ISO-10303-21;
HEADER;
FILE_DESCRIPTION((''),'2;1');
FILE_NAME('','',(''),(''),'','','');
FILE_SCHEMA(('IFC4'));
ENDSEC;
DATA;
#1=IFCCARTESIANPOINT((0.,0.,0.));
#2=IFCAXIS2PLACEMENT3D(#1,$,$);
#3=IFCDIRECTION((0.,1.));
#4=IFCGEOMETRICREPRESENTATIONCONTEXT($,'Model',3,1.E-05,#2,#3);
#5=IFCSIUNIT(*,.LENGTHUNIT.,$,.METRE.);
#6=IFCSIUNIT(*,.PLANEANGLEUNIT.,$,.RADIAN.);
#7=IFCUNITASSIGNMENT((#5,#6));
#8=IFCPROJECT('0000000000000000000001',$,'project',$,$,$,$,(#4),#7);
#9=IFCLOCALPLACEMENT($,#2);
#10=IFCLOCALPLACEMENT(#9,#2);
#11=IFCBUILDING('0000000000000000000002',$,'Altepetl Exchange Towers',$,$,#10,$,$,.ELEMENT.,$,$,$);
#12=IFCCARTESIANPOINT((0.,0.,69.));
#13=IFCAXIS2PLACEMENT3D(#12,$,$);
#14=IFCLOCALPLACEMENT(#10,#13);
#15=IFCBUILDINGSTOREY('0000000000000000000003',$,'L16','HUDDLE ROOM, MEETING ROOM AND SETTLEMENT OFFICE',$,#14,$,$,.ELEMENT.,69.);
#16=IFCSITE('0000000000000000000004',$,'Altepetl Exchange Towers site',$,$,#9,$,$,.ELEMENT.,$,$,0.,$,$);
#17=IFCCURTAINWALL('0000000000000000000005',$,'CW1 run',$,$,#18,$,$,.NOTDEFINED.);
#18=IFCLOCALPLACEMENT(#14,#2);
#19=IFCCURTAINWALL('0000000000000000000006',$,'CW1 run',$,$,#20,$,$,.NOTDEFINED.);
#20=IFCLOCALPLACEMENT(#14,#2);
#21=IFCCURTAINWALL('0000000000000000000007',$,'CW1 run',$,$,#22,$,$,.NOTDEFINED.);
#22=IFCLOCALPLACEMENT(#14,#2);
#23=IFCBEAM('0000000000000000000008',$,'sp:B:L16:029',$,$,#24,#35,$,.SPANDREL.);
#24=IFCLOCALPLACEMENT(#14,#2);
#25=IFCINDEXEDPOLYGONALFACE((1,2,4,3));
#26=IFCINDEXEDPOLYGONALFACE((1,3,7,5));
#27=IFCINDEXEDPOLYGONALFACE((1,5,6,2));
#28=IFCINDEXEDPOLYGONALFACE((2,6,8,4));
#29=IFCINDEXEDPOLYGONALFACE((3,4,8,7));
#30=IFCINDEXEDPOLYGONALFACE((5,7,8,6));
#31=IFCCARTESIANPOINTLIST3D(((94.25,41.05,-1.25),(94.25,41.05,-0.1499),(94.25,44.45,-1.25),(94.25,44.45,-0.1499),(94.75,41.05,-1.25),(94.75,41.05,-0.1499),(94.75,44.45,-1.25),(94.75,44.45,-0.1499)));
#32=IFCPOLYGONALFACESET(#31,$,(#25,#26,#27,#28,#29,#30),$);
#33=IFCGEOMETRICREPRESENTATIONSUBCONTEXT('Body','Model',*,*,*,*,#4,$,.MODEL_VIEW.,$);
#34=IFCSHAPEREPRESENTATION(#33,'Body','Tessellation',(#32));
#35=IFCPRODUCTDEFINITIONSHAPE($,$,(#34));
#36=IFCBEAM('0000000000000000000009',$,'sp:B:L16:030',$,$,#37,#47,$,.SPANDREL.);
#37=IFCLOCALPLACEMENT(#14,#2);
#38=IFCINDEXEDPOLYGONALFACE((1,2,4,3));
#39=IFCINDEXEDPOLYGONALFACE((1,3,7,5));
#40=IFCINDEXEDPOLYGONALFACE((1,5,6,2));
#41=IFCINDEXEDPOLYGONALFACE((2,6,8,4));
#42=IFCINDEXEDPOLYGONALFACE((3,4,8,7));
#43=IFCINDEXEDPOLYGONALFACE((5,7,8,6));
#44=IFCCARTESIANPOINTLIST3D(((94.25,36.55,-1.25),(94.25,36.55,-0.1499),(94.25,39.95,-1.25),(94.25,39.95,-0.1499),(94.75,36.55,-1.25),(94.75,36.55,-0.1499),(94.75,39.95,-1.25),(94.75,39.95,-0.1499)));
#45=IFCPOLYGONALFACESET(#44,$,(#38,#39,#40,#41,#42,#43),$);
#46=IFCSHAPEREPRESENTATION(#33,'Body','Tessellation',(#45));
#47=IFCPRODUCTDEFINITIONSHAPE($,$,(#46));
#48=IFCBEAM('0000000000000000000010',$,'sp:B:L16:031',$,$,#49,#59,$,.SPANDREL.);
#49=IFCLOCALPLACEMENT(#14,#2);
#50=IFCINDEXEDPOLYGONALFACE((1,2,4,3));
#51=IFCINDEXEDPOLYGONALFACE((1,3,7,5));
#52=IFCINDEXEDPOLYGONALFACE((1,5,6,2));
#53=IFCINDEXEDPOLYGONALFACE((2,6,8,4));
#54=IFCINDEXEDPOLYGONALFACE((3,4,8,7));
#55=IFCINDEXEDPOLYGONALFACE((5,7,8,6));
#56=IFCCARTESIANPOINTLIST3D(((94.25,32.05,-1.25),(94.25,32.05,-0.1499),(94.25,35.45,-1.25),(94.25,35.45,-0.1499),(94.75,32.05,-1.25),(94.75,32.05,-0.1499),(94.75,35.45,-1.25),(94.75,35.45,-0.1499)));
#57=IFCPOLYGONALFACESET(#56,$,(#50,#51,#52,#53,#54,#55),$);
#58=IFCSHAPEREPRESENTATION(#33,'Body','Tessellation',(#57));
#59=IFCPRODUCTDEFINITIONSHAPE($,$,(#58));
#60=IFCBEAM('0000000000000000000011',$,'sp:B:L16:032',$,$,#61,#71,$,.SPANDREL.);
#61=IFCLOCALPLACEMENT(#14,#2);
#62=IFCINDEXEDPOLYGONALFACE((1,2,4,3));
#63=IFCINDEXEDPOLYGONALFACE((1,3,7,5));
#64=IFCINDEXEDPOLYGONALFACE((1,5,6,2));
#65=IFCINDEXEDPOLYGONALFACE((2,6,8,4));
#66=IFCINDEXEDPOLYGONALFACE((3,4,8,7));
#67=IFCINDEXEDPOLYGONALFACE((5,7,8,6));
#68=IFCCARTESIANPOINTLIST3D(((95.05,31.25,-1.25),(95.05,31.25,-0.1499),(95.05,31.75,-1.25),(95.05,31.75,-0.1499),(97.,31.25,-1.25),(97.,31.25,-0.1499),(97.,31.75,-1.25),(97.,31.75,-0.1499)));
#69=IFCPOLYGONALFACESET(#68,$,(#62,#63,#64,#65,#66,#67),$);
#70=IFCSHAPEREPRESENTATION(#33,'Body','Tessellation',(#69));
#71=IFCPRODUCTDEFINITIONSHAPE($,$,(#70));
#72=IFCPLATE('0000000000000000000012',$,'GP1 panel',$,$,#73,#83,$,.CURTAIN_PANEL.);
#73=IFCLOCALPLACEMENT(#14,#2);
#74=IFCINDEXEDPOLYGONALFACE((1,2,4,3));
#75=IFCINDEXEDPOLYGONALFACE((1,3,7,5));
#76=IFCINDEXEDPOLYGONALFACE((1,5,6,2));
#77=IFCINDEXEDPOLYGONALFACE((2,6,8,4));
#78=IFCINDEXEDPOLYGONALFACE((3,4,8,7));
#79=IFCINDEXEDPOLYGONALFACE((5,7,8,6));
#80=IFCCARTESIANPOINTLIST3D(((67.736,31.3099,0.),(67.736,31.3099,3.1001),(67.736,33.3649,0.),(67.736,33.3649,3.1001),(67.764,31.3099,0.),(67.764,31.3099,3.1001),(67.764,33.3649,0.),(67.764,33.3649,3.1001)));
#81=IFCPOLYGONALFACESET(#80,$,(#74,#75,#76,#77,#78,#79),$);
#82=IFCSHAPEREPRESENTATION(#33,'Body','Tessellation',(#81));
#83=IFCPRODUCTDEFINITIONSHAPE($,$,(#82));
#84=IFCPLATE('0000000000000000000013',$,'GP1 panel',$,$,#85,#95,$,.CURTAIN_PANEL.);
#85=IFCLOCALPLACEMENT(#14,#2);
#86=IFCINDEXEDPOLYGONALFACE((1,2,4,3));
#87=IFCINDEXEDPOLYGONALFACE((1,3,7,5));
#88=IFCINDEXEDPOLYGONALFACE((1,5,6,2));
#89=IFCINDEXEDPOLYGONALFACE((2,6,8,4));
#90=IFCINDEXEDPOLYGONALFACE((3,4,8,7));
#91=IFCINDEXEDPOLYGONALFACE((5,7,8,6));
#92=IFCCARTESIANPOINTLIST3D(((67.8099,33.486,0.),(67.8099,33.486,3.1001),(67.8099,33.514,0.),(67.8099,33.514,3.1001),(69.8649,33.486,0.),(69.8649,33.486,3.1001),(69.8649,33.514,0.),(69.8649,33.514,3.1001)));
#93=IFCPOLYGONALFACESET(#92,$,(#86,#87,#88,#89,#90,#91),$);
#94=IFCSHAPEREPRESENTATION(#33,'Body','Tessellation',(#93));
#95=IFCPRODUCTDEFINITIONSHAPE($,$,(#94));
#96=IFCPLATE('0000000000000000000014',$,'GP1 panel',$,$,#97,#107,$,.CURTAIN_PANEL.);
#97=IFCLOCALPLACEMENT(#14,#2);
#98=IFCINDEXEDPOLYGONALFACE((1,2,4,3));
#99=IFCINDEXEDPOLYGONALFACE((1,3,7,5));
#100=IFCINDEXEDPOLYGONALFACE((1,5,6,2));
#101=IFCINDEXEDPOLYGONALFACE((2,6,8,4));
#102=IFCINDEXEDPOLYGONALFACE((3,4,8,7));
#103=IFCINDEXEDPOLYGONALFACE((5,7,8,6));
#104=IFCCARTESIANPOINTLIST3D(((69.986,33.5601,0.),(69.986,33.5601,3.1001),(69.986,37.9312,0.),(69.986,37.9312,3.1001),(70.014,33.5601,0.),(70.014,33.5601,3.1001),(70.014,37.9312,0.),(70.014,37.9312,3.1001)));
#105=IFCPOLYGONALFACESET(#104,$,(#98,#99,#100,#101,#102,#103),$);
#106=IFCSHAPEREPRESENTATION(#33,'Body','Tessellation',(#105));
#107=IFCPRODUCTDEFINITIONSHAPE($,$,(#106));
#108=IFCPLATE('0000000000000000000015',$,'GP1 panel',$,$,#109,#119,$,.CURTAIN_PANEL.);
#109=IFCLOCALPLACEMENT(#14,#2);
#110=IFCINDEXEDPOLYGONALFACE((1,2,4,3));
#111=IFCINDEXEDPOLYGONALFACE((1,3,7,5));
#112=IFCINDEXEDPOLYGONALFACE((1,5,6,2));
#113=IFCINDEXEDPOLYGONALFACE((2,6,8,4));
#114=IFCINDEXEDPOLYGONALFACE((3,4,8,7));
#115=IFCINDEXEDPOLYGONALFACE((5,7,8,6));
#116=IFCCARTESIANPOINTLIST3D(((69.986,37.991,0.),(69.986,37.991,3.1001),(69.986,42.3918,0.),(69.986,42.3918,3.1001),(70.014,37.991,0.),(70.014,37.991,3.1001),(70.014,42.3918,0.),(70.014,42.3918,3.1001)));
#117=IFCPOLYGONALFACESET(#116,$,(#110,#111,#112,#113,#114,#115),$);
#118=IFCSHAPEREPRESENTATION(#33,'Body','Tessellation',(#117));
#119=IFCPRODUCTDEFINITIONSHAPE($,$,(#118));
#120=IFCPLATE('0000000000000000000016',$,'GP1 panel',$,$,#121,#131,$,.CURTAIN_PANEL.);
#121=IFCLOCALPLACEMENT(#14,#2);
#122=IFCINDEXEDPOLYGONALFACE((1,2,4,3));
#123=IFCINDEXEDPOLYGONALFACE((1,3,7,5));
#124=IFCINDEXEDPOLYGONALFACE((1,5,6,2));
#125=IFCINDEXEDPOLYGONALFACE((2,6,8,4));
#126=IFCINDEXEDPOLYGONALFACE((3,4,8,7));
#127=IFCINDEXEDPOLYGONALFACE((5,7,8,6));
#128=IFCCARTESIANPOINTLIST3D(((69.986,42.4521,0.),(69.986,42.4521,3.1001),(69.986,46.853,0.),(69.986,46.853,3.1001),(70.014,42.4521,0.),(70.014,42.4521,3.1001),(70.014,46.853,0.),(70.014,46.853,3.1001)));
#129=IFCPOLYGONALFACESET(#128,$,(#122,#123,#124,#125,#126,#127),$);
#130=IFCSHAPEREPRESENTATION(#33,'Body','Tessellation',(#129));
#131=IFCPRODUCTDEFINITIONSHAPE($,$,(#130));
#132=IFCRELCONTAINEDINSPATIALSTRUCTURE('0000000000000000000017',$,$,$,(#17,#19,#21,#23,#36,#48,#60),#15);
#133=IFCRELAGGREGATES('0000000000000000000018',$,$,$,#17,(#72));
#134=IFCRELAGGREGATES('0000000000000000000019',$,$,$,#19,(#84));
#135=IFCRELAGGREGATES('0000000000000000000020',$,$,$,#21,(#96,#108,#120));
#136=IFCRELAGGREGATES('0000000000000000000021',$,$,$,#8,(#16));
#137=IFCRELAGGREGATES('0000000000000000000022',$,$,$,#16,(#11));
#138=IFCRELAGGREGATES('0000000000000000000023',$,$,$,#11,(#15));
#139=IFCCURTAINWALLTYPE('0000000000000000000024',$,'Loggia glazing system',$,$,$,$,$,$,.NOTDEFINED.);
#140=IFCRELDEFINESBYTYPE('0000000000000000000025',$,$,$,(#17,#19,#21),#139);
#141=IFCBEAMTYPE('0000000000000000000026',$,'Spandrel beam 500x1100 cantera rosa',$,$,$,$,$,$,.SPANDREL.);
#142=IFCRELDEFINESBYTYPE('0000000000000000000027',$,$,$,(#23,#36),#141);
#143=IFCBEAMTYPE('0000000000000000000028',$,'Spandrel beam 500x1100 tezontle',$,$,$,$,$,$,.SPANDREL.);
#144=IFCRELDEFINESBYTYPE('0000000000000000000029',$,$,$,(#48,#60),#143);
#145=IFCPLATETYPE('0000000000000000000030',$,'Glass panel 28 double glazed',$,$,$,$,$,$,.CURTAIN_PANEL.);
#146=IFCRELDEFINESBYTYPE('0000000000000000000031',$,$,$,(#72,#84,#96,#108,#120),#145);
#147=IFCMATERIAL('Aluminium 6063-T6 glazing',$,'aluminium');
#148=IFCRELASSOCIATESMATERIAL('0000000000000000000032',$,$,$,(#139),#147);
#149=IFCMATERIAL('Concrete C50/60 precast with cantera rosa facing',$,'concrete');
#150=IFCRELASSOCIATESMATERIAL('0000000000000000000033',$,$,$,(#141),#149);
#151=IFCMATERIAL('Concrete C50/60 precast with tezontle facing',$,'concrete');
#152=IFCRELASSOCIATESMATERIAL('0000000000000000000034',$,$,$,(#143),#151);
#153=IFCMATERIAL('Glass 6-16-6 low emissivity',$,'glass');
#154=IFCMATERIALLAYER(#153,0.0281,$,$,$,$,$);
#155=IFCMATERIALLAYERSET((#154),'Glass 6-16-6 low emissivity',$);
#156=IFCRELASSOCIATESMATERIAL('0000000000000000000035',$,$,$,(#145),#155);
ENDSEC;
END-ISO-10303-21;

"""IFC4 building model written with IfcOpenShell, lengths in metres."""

from ifc_helpers import new_model, si_unit, direction, frame, origin, origin_2d, place, context, subcontext, project, spatial, rectangle, extrude, material, layer, layer_set, material_profile, profile_set, type_object, element, aggregate, save


model = new_model("IFC4")

# Units and contexts
model_context = context("Model", 3, precision=1e-05, world=origin(), true_north=direction((0.0, 1.0)))
body_context = subcontext(model_context, "Body", "Model", "MODEL_VIEW")
ifc_project = project(units=[si_unit("LENGTHUNIT", "METRE"), si_unit("PLANEANGLEUNIT", "RADIAN")], contexts=[model_context])

# Site, building, storey
site_placement = place(None, origin())
site = spatial("IfcSite", under=ifc_project, at=site_placement, Name="Altepetl Exchange Towers site", CompositionType="ELEMENT", RefElevation=0.0)
building_placement = place(site_placement, origin())
building = spatial("IfcBuilding", under=site, at=building_placement, Name="Altepetl Exchange Towers", CompositionType="ELEMENT")
storey_placement = place(building_placement, frame((0.0, 0.0, 69.0)))
storey = spatial("IfcBuildingStorey", under=building, at=storey_placement, Name="L16", Description="HUDDLE ROOM, MEETING ROOM AND SETTLEMENT OFFICE", CompositionType="ELEMENT", Elevation=69.0)

# Shared definitions
ifc_material_1 = material(Name="Aluminium 6063-T6 glazing", Category="aluminium")
curtain_wall_type = type_object("IfcCurtainWallType", Name="Loggia glazing system", PredefinedType="NOTDEFINED", material=ifc_material_1)

# Curtain walls
curtain_wall_1_placement = place(storey_placement, origin())
curtain_wall_1 = element("IfcCurtainWall", 1, at=curtain_wall_1_placement, inside=storey, type_object=curtain_wall_type, Name="CW1 run", PredefinedType="NOTDEFINED")
curtain_wall_2_placement = place(storey_placement, origin())
curtain_wall_2 = element("IfcCurtainWall", 2, at=curtain_wall_2_placement, inside=storey, type_object=curtain_wall_type, Name="CW1 run", PredefinedType="NOTDEFINED")
curtain_wall_3_placement = place(storey_placement, origin())
curtain_wall_3 = element("IfcCurtainWall", 3, at=curtain_wall_3_placement, inside=storey, type_object=curtain_wall_type, Name="CW1 run", PredefinedType="NOTDEFINED")

# Beams
ifc_material_2 = material(Name="Concrete C50/60 precast with cantera rosa facing", Category="concrete")
ifc_material_profile_1 = material_profile(ifc_material_2, rectangle(XDim=0.5, YDim=1.1001, at=origin_2d()), Name="500 x 1100")
ifc_profile_set_1 = profile_set([ifc_material_profile_1], Name="Concrete C50/60 precast with cantera rosa facing")
beam_type_1 = type_object("IfcBeamType", Name="Spandrel beam 500x1100 cantera rosa", PredefinedType="SPANDREL", material=ifc_profile_set_1)
for number, where, z_axis, x_axis, name in (
    (4, (94.5, 44.45, -0.7), (0.0, -1.0, 0.0), (1.0, 0.0, 0.0), "sp:B:L16:029"),
    (5, (94.5, 39.95, -0.7), (0.0, -1.0, 0.0), (1.0, 0.0, 0.0), "sp:B:L16:030"),
):
    element("IfcBeam", number, at=place(storey_placement, frame(where, z_axis=z_axis, x_axis=x_axis)), inside=storey, type_object=beam_type_1, Name=name, PredefinedType="SPANDREL", context=body_context, shape_type="SweptSolid", body=[
        extrude(rectangle(XDim=0.5, YDim=1.1001, at=origin_2d()), origin(), (0.0, 0.0, 1.0), 3.3999),
    ])
ifc_material_3 = material(Name="Concrete C50/60 precast with tezontle facing", Category="concrete")
ifc_material_profile_2 = material_profile(ifc_material_3, rectangle(XDim=0.5, YDim=1.1001, at=origin_2d()), Name="500 x 1100")
ifc_profile_set_2 = profile_set([ifc_material_profile_2], Name="Concrete C50/60 precast with tezontle facing")
beam_type_2 = type_object("IfcBeamType", Name="Spandrel beam 500x1100 tezontle", PredefinedType="SPANDREL", material=ifc_profile_set_2)
beam_1_placement = place(storey_placement, frame((94.5, 35.45, -0.7), z_axis=(0.0, -1.0, 0.0), x_axis=(1.0, 0.0, 0.0)))
element("IfcBeam", 6, at=beam_1_placement, inside=storey, type_object=beam_type_2, Name="sp:B:L16:031", PredefinedType="SPANDREL", context=body_context, shape_type="SweptSolid", body=[
    extrude(rectangle(XDim=0.5, YDim=1.1001, at=origin_2d()), origin(), (0.0, 0.0, 1.0), 3.3999),
])
beam_2_placement = place(storey_placement, frame((95.05, 31.5, -0.7), z_axis=(1.0, 0.0, 0.0), x_axis=(0.0, 1.0, 0.0)))
element("IfcBeam", 7, at=beam_2_placement, inside=storey, type_object=beam_type_2, Name="sp:B:L16:032", PredefinedType="SPANDREL", context=body_context, shape_type="SweptSolid", body=[
    extrude(rectangle(XDim=0.5, YDim=1.1001, at=origin_2d()), origin(), (0.0, 0.0, 1.0), 1.95),
])

# Plates
ifc_material_4 = material(Name="Glass 6-16-6 low emissivity", Category="glass")
ifc_layer = layer(ifc_material_4, 0.0281)
ifc_layer_set = layer_set([ifc_layer], Name="Glass 6-16-6 low emissivity")
plate_type = type_object("IfcPlateType", Name="Glass panel 28 double glazed", PredefinedType="CURTAIN_PANEL", material=ifc_layer_set)
plate_1_placement = place(storey_placement, frame((67.75, 32.3374, 0.0), z_axis=(0.0, 0.0, 1.0), x_axis=(0.0, 1.0, 0.0)))
plate_1 = element("IfcPlate", 8, at=plate_1_placement, type_object=plate_type, Name="GP1 panel", PredefinedType="CURTAIN_PANEL", context=body_context, shape_type="SweptSolid", body=[
    extrude(rectangle(XDim=2.0549, YDim=0.0281, at=origin_2d()), origin(), (0.0, 0.0, 1.0), 3.1001),
])
aggregate(curtain_wall_1, [plate_1])
plate_2_placement = place(storey_placement, frame((68.8374, 33.5, 0.0)))
plate_2 = element("IfcPlate", 9, at=plate_2_placement, type_object=plate_type, Name="GP1 panel", PredefinedType="CURTAIN_PANEL", context=body_context, shape_type="SweptSolid", body=[
    extrude(rectangle(XDim=2.0549, YDim=0.0281, at=origin_2d()), origin(), (0.0, 0.0, 1.0), 3.1001),
])
aggregate(curtain_wall_2, [plate_2])
plate_3_placement = place(storey_placement, frame((70.0, 35.7456, 0.0), z_axis=(0.0, 0.0, 1.0), x_axis=(0.0, 1.0, 0.0)))
plate_3 = element("IfcPlate", 10, at=plate_3_placement, type_object=plate_type, Name="GP1 panel", PredefinedType="CURTAIN_PANEL", context=body_context, shape_type="SweptSolid", body=[
    extrude(rectangle(XDim=4.3711, YDim=0.0281, at=origin_2d()), origin(), (0.0, 0.0, 1.0), 3.1001),
])
plate_4_placement = place(storey_placement, frame((70.0, 40.1914, 0.0), z_axis=(0.0, 0.0, 1.0), x_axis=(0.0, 1.0, 0.0)))
plate_4 = element("IfcPlate", 11, at=plate_4_placement, type_object=plate_type, Name="GP1 panel", PredefinedType="CURTAIN_PANEL", context=body_context, shape_type="SweptSolid", body=[
    extrude(rectangle(XDim=4.4009, YDim=0.0281, at=origin_2d()), origin(), (0.0, 0.0, 1.0), 3.1001),
])
plate_5_placement = place(storey_placement, frame((70.0, 44.6526, 0.0), z_axis=(0.0, 0.0, 1.0), x_axis=(0.0, 1.0, 0.0)))
plate_5 = element("IfcPlate", 12, at=plate_5_placement, type_object=plate_type, Name="GP1 panel", PredefinedType="CURTAIN_PANEL", context=body_context, shape_type="SweptSolid", body=[
    extrude(rectangle(XDim=4.4009, YDim=0.0281, at=origin_2d()), origin(), (0.0, 0.0, 1.0), 3.1001),
])
aggregate(curtain_wall_3, [plate_3, plate_4, plate_5])

save(model, "model.ifc")
